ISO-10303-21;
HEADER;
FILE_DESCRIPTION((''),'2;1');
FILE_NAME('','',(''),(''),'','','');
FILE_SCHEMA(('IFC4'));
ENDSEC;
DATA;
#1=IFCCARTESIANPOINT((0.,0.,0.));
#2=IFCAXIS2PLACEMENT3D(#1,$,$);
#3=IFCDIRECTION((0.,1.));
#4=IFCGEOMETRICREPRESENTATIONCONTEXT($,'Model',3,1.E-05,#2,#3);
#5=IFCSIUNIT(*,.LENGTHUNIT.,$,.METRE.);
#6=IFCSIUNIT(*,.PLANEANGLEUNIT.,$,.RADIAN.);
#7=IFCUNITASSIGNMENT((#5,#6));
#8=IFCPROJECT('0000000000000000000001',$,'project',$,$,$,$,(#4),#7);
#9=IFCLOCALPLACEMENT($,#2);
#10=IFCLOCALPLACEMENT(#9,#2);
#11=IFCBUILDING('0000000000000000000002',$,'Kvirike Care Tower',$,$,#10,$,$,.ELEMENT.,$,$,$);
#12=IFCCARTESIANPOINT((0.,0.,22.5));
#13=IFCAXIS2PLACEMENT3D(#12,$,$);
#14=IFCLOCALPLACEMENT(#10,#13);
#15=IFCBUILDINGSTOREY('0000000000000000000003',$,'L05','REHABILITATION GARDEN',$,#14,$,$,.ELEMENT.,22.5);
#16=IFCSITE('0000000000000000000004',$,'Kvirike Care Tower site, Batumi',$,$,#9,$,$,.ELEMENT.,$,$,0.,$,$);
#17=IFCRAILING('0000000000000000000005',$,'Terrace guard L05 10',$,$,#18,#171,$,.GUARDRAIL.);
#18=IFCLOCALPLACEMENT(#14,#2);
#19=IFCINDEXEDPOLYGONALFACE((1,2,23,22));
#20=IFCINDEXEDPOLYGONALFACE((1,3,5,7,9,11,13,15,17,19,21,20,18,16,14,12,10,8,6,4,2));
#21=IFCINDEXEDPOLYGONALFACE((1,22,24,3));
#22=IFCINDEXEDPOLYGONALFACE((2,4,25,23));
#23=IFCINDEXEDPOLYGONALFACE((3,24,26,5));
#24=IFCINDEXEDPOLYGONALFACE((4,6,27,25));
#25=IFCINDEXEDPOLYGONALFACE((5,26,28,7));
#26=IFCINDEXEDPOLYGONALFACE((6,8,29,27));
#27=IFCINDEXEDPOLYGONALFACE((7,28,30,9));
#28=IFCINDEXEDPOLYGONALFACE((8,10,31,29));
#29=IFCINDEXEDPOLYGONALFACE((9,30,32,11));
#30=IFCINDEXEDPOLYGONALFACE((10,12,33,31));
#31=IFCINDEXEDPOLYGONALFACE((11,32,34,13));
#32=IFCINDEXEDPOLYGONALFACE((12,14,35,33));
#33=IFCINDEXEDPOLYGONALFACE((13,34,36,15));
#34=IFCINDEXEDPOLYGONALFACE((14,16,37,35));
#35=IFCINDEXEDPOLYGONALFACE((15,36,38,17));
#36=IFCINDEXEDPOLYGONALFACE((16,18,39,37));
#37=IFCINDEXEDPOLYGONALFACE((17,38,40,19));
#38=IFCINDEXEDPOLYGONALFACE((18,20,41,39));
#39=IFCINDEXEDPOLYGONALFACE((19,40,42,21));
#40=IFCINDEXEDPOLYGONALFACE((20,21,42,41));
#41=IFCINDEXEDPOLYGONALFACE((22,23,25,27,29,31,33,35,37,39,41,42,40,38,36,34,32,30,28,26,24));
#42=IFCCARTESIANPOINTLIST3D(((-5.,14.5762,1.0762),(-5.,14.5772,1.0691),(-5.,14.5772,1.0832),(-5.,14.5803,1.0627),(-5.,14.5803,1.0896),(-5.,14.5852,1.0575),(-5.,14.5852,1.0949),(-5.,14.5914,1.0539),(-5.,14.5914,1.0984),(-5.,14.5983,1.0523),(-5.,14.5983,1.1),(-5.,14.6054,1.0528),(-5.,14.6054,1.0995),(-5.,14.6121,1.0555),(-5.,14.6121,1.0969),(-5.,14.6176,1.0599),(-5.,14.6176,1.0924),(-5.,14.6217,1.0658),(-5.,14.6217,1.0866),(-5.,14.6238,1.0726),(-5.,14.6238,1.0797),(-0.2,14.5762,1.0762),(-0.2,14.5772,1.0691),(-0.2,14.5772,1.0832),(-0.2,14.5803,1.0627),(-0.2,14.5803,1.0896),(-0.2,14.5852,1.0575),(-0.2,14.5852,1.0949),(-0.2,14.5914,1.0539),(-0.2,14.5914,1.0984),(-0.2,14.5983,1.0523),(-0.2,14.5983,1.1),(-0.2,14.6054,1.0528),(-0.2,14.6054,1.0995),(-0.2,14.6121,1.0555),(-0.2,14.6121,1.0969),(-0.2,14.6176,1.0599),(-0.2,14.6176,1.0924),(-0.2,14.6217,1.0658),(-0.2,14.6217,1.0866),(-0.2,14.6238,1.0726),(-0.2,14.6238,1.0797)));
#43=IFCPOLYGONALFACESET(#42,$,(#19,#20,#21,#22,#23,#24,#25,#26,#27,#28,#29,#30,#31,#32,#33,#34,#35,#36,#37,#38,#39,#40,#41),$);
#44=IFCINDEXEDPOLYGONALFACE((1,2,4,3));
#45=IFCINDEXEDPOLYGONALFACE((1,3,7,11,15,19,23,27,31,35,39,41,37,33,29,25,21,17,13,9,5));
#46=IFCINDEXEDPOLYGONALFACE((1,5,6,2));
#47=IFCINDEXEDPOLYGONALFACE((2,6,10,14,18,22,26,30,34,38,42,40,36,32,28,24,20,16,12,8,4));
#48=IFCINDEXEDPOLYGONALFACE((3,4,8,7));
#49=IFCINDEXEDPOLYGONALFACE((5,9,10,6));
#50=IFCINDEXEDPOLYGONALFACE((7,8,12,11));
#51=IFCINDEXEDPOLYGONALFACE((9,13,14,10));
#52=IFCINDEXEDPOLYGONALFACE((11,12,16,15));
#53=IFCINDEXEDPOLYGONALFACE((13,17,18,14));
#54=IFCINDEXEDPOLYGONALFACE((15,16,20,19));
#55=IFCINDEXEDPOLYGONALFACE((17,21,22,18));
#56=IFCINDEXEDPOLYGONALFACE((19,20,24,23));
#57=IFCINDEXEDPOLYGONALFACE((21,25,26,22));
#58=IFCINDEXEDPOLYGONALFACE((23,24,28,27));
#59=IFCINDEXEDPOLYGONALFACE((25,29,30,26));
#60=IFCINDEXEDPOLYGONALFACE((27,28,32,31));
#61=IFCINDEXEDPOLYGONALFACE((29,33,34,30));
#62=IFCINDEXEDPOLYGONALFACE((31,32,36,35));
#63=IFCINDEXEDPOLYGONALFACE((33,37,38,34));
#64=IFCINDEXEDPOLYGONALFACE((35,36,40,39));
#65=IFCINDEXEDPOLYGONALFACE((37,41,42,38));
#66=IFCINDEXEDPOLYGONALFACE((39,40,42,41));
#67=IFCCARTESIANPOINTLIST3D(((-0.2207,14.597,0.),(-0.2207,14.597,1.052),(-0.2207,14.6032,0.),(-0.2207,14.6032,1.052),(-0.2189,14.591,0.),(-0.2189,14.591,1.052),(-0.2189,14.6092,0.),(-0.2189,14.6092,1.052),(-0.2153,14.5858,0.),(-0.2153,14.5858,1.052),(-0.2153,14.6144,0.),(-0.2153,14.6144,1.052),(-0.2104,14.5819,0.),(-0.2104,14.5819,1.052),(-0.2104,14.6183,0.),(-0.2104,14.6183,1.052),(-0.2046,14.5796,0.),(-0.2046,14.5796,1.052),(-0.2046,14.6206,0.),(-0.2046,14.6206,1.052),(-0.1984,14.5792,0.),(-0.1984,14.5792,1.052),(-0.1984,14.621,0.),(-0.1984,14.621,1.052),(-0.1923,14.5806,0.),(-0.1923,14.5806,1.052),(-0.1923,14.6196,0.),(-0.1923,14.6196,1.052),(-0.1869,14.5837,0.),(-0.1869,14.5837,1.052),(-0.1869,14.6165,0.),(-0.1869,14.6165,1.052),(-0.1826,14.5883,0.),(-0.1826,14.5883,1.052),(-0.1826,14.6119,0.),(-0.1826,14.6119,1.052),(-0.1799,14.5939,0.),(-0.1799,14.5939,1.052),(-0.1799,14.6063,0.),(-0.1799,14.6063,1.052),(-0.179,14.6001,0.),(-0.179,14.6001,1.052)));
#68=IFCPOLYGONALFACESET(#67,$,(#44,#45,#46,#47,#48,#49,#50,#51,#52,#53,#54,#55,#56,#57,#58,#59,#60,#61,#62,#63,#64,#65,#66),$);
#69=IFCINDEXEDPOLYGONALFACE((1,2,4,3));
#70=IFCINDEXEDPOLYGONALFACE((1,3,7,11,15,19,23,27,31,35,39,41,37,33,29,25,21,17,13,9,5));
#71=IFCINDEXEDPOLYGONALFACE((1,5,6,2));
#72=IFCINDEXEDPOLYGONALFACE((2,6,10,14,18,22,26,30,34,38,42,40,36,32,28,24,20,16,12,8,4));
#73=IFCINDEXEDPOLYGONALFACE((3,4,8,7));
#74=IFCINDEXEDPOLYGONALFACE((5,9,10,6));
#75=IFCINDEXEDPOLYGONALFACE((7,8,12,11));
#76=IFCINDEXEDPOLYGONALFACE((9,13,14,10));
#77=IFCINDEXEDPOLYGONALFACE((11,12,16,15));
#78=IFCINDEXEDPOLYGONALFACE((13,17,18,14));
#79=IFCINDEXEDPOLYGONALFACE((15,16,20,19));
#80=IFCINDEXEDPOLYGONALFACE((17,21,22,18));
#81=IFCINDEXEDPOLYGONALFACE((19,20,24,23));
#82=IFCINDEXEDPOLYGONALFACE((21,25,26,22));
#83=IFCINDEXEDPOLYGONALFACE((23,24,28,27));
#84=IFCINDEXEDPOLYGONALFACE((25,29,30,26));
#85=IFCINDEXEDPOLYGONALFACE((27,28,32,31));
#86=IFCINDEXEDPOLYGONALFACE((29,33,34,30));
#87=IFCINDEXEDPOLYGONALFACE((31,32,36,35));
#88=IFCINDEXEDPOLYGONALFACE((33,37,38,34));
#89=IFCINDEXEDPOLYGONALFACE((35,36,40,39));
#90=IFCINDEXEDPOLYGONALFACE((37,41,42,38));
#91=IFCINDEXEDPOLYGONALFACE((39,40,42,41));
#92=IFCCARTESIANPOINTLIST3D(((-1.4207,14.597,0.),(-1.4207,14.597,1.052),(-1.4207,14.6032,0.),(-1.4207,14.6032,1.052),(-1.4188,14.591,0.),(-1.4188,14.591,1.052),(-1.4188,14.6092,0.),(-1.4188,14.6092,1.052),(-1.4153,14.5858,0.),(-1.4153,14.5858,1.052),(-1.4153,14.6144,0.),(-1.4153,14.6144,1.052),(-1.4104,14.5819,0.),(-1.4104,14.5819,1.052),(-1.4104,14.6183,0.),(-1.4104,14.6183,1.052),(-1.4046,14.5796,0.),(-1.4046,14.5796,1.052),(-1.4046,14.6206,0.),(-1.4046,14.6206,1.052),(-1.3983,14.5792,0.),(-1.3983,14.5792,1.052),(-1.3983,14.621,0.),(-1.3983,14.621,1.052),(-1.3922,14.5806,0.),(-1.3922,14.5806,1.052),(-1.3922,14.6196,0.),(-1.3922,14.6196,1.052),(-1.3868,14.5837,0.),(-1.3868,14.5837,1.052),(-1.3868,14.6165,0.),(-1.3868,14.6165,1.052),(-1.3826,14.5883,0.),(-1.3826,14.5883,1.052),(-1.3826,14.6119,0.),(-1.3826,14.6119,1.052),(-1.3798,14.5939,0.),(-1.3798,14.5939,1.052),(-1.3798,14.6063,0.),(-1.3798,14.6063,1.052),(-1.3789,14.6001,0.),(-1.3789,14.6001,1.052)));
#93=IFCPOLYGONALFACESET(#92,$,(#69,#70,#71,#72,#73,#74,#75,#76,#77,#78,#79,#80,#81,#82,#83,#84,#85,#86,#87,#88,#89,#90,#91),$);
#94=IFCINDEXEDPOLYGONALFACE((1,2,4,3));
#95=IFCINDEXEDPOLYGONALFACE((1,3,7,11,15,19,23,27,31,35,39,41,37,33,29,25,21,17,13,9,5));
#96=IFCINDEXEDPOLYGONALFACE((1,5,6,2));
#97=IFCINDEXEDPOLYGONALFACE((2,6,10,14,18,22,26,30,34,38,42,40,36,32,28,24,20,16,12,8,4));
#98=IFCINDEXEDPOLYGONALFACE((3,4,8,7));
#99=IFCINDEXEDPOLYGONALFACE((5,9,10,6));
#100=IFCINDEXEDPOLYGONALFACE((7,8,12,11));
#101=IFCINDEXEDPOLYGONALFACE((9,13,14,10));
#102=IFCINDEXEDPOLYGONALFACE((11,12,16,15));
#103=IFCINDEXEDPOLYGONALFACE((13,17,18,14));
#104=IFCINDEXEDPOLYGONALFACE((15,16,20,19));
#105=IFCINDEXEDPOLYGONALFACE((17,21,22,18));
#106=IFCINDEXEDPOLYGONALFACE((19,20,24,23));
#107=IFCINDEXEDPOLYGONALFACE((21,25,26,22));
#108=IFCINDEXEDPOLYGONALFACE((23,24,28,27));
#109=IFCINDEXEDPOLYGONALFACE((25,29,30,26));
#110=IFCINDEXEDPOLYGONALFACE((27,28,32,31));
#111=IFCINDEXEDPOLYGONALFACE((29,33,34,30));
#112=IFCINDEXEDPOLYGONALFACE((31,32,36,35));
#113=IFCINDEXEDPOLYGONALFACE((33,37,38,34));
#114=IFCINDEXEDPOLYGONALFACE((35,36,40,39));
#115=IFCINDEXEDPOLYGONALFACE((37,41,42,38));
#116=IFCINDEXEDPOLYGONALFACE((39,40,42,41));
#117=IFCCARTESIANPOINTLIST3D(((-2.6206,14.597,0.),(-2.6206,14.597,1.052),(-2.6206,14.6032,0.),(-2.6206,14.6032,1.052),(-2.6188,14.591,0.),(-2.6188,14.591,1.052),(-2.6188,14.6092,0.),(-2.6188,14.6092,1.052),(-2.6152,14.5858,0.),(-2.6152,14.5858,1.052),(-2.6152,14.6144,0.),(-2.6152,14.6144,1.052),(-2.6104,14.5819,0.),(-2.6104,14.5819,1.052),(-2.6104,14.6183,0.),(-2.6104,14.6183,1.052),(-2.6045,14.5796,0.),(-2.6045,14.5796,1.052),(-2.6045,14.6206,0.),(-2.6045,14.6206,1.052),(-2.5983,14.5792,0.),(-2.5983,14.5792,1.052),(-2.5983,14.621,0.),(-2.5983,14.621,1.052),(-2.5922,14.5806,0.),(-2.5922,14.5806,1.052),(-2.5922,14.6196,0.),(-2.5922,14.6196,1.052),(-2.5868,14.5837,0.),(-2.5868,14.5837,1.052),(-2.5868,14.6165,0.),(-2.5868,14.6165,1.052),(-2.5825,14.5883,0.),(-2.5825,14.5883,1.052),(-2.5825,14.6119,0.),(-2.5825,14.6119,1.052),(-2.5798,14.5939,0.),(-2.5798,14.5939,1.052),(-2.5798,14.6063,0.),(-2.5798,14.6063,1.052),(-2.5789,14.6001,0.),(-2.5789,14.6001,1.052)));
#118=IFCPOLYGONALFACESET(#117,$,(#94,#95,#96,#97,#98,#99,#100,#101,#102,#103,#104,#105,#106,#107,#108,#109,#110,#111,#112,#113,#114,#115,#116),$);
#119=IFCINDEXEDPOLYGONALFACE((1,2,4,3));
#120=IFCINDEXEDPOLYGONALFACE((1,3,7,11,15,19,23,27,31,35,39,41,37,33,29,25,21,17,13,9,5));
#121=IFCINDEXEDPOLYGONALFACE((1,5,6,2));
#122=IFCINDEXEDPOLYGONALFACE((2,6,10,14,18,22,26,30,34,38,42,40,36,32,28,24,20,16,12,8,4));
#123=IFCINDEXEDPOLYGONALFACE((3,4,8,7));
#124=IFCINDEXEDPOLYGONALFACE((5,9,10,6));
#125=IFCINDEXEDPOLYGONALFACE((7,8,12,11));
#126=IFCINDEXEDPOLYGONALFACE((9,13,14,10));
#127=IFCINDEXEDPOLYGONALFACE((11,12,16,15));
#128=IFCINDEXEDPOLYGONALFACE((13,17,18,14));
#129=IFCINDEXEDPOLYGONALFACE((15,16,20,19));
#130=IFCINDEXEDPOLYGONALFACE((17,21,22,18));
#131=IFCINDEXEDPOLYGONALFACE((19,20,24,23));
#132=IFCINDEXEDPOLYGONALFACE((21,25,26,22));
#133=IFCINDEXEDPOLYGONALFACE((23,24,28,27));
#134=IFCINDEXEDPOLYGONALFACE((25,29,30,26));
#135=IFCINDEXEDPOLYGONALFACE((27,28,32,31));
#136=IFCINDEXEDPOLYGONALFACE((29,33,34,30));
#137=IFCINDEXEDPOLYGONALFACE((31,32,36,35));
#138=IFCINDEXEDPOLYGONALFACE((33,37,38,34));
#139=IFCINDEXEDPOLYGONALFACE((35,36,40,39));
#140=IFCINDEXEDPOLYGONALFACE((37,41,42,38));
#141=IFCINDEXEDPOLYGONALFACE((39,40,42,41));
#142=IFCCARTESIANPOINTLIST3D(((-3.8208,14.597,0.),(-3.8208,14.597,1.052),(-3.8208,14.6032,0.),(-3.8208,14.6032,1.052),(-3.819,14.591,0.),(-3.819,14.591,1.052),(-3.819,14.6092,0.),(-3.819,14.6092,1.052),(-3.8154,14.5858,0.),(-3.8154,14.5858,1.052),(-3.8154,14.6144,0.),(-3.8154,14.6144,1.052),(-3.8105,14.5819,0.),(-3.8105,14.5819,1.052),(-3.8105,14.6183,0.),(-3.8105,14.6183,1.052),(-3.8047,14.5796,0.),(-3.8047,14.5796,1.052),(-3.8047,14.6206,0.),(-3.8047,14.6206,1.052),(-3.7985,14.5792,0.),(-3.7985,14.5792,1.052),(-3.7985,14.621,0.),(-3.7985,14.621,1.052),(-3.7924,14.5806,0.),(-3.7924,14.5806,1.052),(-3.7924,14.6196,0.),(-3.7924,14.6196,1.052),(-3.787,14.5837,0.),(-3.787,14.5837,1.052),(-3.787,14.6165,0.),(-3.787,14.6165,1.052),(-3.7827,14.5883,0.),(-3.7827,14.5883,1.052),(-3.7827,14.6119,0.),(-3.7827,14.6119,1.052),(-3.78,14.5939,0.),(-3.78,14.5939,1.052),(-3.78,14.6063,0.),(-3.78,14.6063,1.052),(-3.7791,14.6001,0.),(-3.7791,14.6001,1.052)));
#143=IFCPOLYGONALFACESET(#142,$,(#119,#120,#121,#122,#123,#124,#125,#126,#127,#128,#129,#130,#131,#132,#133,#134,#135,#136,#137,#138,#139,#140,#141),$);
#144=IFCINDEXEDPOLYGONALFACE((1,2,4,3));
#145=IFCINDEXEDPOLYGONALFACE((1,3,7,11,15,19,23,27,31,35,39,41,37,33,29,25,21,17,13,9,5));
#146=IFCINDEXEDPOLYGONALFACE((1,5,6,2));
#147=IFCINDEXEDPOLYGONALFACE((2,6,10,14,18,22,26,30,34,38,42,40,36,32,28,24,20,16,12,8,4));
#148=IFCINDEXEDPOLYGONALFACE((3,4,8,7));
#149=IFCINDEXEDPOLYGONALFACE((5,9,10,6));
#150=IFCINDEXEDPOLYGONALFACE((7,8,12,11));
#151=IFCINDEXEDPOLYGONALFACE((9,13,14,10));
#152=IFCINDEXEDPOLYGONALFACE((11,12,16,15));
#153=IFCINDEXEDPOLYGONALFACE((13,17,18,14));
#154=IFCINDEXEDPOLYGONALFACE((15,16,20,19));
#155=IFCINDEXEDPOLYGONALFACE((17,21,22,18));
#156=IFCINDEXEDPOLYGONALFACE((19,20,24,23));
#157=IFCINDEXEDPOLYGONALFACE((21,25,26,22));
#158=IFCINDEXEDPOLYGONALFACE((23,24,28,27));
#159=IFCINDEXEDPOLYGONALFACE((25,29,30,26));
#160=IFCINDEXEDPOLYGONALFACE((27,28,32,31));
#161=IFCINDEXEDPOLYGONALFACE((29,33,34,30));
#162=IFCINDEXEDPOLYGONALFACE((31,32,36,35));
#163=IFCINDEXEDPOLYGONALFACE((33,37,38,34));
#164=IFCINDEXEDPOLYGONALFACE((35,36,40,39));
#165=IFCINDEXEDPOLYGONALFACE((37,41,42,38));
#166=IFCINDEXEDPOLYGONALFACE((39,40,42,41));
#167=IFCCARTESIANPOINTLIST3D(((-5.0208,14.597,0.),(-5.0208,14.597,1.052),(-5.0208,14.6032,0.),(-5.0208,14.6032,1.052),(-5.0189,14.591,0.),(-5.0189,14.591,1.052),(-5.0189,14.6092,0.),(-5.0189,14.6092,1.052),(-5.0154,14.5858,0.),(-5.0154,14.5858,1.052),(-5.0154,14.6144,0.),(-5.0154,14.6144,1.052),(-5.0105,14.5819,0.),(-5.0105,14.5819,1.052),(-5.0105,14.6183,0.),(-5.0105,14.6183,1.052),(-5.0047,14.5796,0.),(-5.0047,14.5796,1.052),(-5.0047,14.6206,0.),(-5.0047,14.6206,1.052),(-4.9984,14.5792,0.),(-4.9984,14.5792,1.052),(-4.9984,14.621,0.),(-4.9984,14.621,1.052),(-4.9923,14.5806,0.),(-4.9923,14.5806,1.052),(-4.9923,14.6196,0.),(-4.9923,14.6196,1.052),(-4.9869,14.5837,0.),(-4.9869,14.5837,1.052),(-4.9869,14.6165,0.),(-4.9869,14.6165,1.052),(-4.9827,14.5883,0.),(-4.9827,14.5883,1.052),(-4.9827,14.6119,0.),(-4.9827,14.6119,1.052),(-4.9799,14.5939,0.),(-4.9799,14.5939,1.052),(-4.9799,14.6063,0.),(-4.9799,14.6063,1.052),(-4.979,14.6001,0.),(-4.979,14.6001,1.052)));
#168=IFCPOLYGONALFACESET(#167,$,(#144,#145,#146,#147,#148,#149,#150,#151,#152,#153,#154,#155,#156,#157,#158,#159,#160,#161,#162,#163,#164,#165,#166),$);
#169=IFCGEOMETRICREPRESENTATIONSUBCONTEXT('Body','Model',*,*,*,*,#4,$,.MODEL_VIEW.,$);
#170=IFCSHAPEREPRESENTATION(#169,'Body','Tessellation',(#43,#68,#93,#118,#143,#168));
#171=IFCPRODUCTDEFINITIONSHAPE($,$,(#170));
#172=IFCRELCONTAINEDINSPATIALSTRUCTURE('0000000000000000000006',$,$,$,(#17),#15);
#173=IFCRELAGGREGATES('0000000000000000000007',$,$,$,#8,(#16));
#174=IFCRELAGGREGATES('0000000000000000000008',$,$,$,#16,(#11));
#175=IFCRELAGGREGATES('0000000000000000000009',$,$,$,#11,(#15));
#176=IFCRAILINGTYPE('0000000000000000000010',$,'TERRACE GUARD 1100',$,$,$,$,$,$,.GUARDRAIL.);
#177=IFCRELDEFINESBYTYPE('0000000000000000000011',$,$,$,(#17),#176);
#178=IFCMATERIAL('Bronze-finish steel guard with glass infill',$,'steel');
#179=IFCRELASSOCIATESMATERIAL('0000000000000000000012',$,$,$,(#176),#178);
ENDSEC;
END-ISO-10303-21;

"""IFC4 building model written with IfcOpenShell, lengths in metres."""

from ifc_helpers import new_model, si_unit, direction, frame, origin, origin_2d, place, context, subcontext, project, spatial, circle, extrude, material, type_object, element, save


model = new_model("IFC4")

# Units and contexts
model_context = context("Model", 3, precision=1e-05, world=origin(), true_north=direction((0.0, 1.0)))
body_context = subcontext(model_context, "Body", "Model", "MODEL_VIEW")
ifc_project = project(units=[si_unit("LENGTHUNIT", "METRE"), si_unit("PLANEANGLEUNIT", "RADIAN")], contexts=[model_context])

# Site, building, storey
site_placement = place(None, origin())
site = spatial("IfcSite", under=ifc_project, at=site_placement, Name="Kvirike Care Tower site, Batumi", CompositionType="ELEMENT", RefElevation=0.0)
building_placement = place(site_placement, origin())
building = spatial("IfcBuilding", under=site, at=building_placement, Name="Kvirike Care Tower", CompositionType="ELEMENT")
storey_placement = place(building_placement, frame((0.0, 0.0, 22.5)))
storey = spatial("IfcBuildingStorey", under=building, at=storey_placement, Name="L05", Description="REHABILITATION GARDEN", CompositionType="ELEMENT", Elevation=22.5)

# Railing
ifc_material_1 = material(Name="Bronze-finish steel guard with glass infill", Category="steel")
railing_type = type_object("IfcRailingType", Name="TERRACE GUARD 1100", PredefinedType="GUARDRAIL", material=ifc_material_1)
railing_1_placement = place(storey_placement, frame((-0.2, 14.6001, 0.0)))
element("IfcRailing", 1, at=railing_1_placement, inside=storey, type_object=railing_type, Name="Terrace guard L05 10", PredefinedType="GUARDRAIL", context=body_context, shape_type="SweptSolid", body=[
    extrude(circle(Radius=0.0239, at=origin_2d()), frame((0.0, 0.0, 1.0762), z_axis=(-1.0, 0.0, 0.0), x_axis=(0.0, -1.0, 0.0)), (0.0, 0.0, 1.0), 4.8),
    extrude(circle(Radius=0.021, at=origin_2d()), origin(), (0.0, 0.0, 1.0), 1.052),
    extrude(circle(Radius=0.021, at=origin_2d()), frame((-1.2, 0.0, 0.0)), (0.0, 0.0, 1.0), 1.052),
    extrude(circle(Radius=0.021, at=origin_2d()), frame((-2.3999, 0.0, 0.0)), (0.0, 0.0, 1.0), 1.052),
    extrude(circle(Radius=0.021, at=origin_2d()), frame((-3.6001, 0.0, 0.0)), (0.0, 0.0, 1.0), 1.052),
    extrude(circle(Radius=0.021, at=origin_2d()), frame((-4.8, 0.0, 0.0)), (0.0, 0.0, 1.0), 1.052),
])

save(model, "model.ifc")
